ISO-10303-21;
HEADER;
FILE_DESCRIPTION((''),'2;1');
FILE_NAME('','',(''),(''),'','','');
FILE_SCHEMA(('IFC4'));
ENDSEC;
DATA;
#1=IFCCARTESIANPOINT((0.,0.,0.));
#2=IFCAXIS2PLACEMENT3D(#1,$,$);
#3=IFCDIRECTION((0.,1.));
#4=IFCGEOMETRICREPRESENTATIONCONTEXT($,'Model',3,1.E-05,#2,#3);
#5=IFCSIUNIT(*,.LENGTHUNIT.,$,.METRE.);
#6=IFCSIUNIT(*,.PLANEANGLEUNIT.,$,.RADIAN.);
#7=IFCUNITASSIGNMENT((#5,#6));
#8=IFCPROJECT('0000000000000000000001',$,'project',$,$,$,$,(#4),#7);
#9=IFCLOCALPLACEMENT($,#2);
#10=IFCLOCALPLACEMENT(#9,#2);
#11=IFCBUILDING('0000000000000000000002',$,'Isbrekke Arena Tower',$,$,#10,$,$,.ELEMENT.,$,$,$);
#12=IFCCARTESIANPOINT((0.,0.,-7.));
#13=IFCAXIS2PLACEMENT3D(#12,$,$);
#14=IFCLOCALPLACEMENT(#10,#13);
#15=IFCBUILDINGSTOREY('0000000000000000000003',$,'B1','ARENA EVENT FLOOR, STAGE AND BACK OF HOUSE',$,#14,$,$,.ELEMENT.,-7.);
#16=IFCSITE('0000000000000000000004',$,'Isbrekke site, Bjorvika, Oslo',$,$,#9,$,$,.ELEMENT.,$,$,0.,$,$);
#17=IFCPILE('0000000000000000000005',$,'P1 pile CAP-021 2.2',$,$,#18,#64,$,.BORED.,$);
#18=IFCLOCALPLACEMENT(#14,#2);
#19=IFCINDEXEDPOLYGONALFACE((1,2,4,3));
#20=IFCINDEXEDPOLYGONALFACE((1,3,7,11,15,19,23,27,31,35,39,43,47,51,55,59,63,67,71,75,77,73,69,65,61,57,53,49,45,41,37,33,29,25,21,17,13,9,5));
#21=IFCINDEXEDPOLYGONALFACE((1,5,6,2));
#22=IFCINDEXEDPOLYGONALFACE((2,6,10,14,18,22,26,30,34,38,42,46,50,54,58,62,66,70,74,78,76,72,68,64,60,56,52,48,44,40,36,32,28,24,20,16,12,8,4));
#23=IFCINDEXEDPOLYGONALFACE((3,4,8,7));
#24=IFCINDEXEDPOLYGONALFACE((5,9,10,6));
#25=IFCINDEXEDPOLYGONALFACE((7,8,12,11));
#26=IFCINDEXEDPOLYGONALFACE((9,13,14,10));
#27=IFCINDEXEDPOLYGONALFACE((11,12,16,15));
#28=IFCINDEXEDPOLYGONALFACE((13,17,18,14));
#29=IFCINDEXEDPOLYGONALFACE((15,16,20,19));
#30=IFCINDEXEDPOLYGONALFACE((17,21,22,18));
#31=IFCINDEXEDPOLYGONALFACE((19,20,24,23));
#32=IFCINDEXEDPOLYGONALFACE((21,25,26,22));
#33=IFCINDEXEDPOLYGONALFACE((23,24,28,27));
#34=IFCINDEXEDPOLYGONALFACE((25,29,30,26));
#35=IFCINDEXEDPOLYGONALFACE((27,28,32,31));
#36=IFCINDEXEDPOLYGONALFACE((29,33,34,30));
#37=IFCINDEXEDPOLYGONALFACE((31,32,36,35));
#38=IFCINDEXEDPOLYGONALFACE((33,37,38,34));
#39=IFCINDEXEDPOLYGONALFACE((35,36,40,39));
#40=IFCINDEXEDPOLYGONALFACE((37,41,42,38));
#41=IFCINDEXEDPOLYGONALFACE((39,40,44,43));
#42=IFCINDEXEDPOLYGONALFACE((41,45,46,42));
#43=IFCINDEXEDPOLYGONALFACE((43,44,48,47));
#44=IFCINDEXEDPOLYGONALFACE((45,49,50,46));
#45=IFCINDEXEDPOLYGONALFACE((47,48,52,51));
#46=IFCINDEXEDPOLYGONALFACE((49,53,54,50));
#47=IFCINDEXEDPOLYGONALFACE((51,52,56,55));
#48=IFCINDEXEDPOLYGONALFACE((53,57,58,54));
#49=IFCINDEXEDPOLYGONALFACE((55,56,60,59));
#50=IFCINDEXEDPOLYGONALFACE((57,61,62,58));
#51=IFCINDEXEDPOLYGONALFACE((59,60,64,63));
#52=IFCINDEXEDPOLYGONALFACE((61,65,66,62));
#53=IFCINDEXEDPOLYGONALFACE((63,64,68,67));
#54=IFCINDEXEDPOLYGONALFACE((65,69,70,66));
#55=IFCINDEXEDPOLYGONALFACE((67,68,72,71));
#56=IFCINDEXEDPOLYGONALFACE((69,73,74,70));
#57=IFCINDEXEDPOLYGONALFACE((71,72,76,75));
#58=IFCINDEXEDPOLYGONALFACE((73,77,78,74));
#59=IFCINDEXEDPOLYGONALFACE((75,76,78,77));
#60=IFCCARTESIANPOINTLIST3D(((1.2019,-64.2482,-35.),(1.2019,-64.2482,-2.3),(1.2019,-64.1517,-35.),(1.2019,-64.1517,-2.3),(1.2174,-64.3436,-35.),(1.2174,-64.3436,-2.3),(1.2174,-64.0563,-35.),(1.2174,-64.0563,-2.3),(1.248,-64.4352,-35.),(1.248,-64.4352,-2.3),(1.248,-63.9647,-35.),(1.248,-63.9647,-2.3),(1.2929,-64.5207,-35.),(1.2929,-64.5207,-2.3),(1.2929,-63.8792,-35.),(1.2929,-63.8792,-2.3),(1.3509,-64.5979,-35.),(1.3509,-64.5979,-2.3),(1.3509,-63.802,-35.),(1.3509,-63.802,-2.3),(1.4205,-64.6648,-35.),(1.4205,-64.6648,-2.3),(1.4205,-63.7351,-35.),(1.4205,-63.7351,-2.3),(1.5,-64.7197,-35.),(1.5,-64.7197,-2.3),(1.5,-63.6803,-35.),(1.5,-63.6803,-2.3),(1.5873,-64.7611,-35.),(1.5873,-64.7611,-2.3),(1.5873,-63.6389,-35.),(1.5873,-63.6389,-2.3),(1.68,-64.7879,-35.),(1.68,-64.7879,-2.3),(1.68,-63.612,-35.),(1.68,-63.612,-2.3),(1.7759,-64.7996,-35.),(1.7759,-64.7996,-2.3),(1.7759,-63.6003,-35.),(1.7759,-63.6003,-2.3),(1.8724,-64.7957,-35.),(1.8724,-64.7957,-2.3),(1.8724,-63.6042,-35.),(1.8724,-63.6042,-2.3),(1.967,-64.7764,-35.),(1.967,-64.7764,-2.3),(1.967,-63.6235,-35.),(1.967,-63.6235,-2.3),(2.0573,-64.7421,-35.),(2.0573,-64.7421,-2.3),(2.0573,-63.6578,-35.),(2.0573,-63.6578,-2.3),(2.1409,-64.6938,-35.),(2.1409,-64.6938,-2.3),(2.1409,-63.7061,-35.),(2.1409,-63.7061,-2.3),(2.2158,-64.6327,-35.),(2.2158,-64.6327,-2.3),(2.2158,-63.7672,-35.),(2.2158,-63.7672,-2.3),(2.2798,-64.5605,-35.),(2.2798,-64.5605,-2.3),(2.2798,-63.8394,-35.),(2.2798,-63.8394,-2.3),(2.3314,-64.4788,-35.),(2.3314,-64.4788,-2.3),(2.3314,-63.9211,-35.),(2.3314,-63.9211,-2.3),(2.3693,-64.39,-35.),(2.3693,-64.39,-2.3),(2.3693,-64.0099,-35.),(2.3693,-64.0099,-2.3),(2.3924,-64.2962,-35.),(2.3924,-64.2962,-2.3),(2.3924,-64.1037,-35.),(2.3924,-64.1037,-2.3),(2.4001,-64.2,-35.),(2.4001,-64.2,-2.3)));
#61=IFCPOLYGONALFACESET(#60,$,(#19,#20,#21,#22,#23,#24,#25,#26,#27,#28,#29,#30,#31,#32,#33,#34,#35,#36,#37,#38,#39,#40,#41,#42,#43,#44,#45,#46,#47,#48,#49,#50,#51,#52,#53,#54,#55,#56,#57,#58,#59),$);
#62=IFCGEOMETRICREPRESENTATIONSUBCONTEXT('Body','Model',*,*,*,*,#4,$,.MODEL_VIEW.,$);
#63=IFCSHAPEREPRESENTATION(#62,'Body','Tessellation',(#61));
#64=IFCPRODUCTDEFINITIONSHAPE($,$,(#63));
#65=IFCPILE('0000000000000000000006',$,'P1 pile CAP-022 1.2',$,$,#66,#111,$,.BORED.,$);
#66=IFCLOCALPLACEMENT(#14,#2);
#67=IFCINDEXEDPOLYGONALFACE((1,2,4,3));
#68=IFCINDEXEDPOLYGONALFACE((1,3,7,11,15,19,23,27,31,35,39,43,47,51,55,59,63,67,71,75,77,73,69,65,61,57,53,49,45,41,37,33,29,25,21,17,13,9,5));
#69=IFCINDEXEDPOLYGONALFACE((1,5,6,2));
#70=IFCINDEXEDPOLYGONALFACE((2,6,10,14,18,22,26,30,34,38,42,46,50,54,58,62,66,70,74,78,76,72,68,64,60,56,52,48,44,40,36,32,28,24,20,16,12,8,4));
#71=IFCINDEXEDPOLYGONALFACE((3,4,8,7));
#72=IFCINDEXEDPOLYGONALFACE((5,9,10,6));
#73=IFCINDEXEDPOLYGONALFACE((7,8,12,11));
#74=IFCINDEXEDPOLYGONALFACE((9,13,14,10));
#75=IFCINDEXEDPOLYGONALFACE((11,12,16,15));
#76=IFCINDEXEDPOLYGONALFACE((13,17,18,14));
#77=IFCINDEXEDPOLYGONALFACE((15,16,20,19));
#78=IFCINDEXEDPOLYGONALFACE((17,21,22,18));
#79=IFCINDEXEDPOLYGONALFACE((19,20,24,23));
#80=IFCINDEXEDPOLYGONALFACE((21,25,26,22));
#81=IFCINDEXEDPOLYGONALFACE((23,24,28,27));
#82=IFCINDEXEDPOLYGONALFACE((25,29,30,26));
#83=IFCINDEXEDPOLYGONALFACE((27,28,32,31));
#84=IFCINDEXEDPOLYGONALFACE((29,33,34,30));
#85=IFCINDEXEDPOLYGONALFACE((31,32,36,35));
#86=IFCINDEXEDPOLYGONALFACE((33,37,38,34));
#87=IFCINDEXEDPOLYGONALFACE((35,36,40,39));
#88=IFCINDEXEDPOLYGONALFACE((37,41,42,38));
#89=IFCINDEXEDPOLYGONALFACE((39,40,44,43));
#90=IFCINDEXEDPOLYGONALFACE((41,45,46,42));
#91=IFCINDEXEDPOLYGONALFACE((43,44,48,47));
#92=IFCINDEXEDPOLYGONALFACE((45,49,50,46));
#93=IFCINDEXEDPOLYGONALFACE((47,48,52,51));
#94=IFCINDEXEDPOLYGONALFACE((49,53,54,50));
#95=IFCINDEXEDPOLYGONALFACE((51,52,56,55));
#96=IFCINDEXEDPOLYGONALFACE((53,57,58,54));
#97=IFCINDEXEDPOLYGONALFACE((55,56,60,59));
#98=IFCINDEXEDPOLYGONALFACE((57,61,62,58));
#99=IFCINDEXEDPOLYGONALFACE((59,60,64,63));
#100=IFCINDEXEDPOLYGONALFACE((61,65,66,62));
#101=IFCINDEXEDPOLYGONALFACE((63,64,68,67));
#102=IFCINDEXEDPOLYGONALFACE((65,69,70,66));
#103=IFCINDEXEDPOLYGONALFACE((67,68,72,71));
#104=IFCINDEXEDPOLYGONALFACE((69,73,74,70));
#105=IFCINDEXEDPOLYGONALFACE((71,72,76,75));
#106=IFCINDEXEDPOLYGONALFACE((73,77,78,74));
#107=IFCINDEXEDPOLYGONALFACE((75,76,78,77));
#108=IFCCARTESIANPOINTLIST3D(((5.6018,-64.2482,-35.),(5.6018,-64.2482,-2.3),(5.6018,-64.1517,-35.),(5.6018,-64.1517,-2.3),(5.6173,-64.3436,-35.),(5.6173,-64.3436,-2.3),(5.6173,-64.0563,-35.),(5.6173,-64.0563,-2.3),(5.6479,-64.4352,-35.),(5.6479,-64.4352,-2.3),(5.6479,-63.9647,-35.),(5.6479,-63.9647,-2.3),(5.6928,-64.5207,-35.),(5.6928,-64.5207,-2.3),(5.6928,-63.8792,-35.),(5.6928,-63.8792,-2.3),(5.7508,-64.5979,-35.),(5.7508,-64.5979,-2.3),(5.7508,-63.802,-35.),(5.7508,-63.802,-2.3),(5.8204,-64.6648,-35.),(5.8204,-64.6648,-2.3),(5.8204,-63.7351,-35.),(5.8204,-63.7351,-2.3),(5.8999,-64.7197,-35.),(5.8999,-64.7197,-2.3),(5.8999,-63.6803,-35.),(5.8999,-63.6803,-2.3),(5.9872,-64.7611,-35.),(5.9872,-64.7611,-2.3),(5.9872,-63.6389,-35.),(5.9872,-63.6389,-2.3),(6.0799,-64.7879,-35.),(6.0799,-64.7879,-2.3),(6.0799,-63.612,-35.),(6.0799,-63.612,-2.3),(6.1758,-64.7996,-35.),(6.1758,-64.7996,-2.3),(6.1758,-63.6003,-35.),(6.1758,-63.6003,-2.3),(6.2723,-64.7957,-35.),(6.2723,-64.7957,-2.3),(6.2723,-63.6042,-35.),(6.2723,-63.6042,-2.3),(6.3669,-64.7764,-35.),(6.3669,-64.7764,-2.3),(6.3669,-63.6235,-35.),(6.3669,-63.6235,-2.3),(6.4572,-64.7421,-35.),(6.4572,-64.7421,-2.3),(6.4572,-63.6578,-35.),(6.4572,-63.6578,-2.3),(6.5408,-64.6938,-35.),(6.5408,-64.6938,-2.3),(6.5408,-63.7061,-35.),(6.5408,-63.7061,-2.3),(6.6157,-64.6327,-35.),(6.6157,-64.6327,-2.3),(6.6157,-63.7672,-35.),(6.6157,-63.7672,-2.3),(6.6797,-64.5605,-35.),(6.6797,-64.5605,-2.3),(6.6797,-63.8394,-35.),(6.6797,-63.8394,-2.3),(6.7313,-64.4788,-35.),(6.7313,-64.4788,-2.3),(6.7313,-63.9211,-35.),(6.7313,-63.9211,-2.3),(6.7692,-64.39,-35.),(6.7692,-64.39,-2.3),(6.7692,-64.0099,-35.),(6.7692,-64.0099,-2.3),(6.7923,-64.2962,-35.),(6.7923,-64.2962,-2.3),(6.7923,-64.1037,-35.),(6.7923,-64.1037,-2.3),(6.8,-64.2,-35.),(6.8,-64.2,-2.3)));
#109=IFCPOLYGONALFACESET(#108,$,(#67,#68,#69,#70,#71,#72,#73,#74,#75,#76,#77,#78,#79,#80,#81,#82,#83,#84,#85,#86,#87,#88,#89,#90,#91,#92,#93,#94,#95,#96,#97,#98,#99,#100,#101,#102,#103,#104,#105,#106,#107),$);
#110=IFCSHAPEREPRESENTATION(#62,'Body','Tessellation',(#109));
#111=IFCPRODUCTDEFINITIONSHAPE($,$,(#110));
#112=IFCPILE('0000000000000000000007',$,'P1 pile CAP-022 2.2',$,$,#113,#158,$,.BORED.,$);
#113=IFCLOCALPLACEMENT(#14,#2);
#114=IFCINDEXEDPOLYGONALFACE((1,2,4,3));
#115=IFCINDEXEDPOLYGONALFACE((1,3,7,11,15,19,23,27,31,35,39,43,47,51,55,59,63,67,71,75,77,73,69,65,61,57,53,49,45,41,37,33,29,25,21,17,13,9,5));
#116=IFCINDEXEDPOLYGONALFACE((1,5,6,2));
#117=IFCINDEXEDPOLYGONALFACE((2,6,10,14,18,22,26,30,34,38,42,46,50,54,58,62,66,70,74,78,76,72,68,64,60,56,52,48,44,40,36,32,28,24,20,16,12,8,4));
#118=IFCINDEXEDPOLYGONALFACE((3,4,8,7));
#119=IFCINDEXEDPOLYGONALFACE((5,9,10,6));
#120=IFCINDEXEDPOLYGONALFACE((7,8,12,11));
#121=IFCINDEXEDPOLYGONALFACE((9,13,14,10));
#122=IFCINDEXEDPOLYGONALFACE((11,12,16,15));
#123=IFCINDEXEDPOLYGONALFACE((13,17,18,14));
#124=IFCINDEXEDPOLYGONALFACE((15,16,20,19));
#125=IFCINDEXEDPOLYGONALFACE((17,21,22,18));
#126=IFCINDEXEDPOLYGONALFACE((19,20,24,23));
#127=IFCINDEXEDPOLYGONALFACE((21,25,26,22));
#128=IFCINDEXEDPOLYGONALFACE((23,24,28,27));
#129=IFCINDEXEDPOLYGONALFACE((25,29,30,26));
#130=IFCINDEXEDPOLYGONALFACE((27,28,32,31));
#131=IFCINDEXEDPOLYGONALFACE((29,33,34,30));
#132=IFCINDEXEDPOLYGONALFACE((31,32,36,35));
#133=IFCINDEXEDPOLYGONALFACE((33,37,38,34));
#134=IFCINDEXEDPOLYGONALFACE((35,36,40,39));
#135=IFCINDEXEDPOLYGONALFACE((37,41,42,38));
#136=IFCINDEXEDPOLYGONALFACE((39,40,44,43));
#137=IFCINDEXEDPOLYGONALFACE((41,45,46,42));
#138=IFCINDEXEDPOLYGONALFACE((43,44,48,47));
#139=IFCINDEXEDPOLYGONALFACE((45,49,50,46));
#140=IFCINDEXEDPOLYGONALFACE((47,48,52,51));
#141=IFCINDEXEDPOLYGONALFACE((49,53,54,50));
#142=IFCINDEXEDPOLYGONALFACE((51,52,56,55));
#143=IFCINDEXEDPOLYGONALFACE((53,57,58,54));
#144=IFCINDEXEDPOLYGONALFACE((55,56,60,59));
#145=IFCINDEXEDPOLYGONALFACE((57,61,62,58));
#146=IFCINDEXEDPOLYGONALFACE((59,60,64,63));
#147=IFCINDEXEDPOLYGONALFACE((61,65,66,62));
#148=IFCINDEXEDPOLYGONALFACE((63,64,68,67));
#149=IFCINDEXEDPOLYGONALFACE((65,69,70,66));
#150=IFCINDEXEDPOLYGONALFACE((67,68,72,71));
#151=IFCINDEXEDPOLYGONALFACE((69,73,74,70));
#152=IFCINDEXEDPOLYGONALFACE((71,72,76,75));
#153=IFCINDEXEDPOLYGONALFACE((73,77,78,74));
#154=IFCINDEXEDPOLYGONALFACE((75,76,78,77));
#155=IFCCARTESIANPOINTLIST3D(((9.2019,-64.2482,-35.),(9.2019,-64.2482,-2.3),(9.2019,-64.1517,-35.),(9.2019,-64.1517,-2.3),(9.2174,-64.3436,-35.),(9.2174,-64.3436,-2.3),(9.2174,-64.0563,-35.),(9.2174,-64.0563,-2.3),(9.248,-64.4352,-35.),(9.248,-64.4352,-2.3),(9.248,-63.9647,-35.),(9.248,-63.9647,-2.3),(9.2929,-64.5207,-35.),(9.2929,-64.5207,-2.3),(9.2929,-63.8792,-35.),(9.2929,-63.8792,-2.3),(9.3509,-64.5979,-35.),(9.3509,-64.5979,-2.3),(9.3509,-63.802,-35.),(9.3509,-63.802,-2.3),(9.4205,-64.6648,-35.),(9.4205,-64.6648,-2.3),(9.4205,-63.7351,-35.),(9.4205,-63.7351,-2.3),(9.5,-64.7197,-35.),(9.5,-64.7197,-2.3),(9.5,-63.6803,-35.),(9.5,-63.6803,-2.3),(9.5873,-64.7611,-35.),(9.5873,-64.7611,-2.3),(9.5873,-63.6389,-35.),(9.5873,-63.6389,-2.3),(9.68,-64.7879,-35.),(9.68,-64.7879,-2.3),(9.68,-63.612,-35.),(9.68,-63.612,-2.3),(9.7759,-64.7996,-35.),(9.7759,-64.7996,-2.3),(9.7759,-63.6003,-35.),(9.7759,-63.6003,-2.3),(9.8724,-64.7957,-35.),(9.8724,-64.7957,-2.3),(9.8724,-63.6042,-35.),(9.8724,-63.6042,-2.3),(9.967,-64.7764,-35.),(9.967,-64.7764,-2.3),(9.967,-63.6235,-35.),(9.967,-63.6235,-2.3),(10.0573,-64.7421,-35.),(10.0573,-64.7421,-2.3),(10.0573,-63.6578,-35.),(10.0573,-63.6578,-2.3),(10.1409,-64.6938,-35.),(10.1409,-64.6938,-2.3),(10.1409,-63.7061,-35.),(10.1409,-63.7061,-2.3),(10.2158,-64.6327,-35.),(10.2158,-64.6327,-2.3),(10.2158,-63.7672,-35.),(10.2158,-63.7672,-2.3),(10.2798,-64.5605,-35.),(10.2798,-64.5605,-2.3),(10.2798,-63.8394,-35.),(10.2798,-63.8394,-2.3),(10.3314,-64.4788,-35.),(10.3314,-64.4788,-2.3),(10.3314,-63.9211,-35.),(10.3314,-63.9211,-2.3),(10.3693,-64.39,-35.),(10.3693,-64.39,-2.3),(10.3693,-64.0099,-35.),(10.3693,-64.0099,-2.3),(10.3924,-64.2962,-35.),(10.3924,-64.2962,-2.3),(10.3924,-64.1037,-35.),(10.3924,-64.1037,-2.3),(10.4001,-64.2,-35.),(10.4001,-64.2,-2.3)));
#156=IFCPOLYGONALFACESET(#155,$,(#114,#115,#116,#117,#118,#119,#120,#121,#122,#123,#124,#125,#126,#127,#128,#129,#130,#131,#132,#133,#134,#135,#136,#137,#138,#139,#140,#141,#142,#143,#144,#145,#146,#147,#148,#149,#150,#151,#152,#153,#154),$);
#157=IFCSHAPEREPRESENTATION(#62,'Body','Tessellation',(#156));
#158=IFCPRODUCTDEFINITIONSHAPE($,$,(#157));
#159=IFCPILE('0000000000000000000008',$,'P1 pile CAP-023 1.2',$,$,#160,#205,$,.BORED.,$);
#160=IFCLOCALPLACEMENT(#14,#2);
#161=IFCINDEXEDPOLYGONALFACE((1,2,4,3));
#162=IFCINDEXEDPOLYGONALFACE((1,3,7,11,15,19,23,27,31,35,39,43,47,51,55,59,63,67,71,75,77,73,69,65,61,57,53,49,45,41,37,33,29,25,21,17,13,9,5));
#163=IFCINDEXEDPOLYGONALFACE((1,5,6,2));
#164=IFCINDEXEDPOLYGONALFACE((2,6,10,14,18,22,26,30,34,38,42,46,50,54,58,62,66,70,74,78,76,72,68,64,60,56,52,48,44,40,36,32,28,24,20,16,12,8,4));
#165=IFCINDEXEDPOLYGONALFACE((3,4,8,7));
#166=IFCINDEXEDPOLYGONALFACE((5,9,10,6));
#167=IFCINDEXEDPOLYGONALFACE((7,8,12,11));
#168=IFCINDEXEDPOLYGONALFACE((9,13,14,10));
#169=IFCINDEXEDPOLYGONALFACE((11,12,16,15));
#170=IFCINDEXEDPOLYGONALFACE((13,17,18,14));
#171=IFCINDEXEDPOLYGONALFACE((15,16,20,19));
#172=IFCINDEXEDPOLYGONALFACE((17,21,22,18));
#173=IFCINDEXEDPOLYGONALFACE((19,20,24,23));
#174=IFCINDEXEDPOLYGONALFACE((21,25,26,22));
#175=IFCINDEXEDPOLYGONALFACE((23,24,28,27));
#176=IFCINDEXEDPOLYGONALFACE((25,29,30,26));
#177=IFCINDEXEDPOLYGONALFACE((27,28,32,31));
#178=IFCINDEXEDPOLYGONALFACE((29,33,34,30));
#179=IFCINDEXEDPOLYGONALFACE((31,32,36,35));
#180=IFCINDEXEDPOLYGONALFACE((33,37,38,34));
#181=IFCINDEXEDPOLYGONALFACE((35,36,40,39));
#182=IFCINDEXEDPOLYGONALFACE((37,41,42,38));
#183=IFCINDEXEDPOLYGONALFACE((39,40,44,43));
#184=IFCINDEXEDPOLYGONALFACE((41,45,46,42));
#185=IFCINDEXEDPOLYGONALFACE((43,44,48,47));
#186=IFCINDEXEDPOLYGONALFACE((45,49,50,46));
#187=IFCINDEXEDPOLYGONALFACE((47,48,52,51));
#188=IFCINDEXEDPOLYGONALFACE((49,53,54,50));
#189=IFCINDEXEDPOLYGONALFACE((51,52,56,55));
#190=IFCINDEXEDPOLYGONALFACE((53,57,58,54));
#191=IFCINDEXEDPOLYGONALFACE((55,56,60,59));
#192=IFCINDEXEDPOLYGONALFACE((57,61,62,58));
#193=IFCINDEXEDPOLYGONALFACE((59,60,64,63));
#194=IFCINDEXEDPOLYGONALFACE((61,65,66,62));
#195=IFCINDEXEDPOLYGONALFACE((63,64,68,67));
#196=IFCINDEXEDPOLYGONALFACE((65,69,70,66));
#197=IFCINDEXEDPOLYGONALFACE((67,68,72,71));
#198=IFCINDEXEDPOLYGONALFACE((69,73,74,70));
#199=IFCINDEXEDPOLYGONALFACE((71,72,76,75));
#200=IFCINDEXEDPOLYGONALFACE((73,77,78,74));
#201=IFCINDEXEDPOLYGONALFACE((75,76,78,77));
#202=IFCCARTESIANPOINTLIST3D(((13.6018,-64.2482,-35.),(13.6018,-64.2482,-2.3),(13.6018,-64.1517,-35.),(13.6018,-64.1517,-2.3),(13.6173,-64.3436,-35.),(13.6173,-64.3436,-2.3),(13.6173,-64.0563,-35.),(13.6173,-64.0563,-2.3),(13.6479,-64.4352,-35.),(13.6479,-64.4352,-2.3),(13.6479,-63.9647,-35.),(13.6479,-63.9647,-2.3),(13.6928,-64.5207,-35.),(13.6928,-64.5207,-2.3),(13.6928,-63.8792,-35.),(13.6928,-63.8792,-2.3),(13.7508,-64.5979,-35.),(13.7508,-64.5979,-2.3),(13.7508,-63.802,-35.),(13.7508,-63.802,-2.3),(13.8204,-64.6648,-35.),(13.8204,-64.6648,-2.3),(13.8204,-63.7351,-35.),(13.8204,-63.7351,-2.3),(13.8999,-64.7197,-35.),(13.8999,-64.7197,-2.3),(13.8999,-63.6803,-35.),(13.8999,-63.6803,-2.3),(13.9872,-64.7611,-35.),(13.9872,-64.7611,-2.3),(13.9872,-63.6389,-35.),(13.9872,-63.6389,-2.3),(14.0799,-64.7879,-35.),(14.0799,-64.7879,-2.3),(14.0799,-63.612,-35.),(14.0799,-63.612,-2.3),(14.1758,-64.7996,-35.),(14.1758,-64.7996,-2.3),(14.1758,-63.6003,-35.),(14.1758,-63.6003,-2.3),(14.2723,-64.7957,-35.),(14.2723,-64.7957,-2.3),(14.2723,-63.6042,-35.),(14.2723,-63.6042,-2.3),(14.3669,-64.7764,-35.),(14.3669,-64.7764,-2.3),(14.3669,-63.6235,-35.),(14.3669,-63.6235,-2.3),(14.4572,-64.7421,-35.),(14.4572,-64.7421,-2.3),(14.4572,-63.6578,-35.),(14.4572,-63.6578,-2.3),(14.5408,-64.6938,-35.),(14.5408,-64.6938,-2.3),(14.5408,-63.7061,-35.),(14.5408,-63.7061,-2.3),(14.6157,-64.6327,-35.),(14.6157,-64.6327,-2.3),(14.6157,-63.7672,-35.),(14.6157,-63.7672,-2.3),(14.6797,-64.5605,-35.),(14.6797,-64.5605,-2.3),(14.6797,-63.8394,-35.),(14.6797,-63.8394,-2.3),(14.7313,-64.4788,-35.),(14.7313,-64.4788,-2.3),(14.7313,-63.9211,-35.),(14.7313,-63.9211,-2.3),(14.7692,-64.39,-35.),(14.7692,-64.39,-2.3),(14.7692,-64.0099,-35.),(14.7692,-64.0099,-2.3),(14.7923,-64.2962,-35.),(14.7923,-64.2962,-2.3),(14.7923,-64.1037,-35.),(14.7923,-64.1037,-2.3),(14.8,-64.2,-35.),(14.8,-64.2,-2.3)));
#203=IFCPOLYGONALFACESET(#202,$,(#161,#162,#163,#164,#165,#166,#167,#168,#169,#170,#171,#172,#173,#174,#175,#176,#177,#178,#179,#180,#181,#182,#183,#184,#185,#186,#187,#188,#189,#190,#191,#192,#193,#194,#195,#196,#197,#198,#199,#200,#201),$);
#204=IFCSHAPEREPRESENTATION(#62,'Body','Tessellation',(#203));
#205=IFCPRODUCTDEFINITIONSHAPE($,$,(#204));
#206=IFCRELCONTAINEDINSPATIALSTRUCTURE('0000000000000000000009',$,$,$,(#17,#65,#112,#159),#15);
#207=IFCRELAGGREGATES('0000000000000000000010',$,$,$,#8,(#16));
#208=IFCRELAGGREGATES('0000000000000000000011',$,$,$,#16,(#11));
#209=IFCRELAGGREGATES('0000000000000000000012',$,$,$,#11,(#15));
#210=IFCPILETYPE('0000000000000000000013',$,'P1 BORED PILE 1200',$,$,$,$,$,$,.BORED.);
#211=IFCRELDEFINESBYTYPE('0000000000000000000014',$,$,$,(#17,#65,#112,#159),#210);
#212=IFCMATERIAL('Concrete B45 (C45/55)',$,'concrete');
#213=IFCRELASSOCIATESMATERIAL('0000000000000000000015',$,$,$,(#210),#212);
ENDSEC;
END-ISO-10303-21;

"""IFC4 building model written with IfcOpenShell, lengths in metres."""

from ifc_helpers import new_model, si_unit, direction, frame, origin, origin_2d, place, context, subcontext, project, spatial, circle, extrude, material, material_profile, profile_set, type_object, element, save


model = new_model("IFC4")

# Units and contexts
model_context = context("Model", 3, precision=1e-05, world=origin(), true_north=direction((0.0, 1.0)))
body_context = subcontext(model_context, "Body", "Model", "MODEL_VIEW")
ifc_project = project(units=[si_unit("LENGTHUNIT", "METRE"), si_unit("PLANEANGLEUNIT", "RADIAN")], contexts=[model_context])

# Site, building, storey
site_placement = place(None, origin())
site = spatial("IfcSite", under=ifc_project, at=site_placement, Name="Isbrekke site, Bjorvika, Oslo", CompositionType="ELEMENT", RefElevation=0.0)
building_placement = place(site_placement, origin())
building = spatial("IfcBuilding", under=site, at=building_placement, Name="Isbrekke Arena Tower", CompositionType="ELEMENT")
storey_placement = place(building_placement, frame((0.0, 0.0, -7.0)))
storey = spatial("IfcBuildingStorey", under=building, at=storey_placement, Name="B1", Description="ARENA EVENT FLOOR, STAGE AND BACK OF HOUSE", CompositionType="ELEMENT", Elevation=-7.0)

# Piles
ifc_material_1 = material(Name="Concrete B45 (C45/55)", Category="concrete")
ifc_material_profile_1 = material_profile(ifc_material_1, circle(Radius=0.6001, at=origin_2d()), Name="BORED PILE D1200")
ifc_profile_set_1 = profile_set([ifc_material_profile_1], Name="Concrete B45 (C45/55)")
pile_type = type_object("IfcPileType", Name="P1 BORED PILE 1200", PredefinedType="BORED", material=ifc_profile_set_1)
for number, where, z_axis, x_axis, name in (
    (1, (1.8, -64.2, -2.3), (0.0, 0.0, -1.0), (1.0, 0.0, 0.0), "P1 pile CAP-021 2.2"),
    (2, (6.2, -64.2, -2.3), (0.0, 0.0, -1.0), (1.0, 0.0, 0.0), "P1 pile CAP-022 1.2"),
    (3, (9.8, -64.2, -2.3), (0.0, 0.0, -1.0), (1.0, 0.0, 0.0), "P1 pile CAP-022 2.2"),
    (4, (14.2, -64.2, -2.3), (0.0, 0.0, -1.0), (1.0, 0.0, 0.0), "P1 pile CAP-023 1.2"),
):
    element("IfcPile", number, at=place(storey_placement, frame(where, z_axis=z_axis, x_axis=x_axis)), inside=storey, type_object=pile_type, Name=name, PredefinedType="BORED", context=body_context, shape_type="SweptSolid", body=[
        extrude(circle(Radius=0.6001, at=origin_2d()), origin(), (0.0, 0.0, 1.0), 32.7),
    ])

save(model, "model.ifc")
